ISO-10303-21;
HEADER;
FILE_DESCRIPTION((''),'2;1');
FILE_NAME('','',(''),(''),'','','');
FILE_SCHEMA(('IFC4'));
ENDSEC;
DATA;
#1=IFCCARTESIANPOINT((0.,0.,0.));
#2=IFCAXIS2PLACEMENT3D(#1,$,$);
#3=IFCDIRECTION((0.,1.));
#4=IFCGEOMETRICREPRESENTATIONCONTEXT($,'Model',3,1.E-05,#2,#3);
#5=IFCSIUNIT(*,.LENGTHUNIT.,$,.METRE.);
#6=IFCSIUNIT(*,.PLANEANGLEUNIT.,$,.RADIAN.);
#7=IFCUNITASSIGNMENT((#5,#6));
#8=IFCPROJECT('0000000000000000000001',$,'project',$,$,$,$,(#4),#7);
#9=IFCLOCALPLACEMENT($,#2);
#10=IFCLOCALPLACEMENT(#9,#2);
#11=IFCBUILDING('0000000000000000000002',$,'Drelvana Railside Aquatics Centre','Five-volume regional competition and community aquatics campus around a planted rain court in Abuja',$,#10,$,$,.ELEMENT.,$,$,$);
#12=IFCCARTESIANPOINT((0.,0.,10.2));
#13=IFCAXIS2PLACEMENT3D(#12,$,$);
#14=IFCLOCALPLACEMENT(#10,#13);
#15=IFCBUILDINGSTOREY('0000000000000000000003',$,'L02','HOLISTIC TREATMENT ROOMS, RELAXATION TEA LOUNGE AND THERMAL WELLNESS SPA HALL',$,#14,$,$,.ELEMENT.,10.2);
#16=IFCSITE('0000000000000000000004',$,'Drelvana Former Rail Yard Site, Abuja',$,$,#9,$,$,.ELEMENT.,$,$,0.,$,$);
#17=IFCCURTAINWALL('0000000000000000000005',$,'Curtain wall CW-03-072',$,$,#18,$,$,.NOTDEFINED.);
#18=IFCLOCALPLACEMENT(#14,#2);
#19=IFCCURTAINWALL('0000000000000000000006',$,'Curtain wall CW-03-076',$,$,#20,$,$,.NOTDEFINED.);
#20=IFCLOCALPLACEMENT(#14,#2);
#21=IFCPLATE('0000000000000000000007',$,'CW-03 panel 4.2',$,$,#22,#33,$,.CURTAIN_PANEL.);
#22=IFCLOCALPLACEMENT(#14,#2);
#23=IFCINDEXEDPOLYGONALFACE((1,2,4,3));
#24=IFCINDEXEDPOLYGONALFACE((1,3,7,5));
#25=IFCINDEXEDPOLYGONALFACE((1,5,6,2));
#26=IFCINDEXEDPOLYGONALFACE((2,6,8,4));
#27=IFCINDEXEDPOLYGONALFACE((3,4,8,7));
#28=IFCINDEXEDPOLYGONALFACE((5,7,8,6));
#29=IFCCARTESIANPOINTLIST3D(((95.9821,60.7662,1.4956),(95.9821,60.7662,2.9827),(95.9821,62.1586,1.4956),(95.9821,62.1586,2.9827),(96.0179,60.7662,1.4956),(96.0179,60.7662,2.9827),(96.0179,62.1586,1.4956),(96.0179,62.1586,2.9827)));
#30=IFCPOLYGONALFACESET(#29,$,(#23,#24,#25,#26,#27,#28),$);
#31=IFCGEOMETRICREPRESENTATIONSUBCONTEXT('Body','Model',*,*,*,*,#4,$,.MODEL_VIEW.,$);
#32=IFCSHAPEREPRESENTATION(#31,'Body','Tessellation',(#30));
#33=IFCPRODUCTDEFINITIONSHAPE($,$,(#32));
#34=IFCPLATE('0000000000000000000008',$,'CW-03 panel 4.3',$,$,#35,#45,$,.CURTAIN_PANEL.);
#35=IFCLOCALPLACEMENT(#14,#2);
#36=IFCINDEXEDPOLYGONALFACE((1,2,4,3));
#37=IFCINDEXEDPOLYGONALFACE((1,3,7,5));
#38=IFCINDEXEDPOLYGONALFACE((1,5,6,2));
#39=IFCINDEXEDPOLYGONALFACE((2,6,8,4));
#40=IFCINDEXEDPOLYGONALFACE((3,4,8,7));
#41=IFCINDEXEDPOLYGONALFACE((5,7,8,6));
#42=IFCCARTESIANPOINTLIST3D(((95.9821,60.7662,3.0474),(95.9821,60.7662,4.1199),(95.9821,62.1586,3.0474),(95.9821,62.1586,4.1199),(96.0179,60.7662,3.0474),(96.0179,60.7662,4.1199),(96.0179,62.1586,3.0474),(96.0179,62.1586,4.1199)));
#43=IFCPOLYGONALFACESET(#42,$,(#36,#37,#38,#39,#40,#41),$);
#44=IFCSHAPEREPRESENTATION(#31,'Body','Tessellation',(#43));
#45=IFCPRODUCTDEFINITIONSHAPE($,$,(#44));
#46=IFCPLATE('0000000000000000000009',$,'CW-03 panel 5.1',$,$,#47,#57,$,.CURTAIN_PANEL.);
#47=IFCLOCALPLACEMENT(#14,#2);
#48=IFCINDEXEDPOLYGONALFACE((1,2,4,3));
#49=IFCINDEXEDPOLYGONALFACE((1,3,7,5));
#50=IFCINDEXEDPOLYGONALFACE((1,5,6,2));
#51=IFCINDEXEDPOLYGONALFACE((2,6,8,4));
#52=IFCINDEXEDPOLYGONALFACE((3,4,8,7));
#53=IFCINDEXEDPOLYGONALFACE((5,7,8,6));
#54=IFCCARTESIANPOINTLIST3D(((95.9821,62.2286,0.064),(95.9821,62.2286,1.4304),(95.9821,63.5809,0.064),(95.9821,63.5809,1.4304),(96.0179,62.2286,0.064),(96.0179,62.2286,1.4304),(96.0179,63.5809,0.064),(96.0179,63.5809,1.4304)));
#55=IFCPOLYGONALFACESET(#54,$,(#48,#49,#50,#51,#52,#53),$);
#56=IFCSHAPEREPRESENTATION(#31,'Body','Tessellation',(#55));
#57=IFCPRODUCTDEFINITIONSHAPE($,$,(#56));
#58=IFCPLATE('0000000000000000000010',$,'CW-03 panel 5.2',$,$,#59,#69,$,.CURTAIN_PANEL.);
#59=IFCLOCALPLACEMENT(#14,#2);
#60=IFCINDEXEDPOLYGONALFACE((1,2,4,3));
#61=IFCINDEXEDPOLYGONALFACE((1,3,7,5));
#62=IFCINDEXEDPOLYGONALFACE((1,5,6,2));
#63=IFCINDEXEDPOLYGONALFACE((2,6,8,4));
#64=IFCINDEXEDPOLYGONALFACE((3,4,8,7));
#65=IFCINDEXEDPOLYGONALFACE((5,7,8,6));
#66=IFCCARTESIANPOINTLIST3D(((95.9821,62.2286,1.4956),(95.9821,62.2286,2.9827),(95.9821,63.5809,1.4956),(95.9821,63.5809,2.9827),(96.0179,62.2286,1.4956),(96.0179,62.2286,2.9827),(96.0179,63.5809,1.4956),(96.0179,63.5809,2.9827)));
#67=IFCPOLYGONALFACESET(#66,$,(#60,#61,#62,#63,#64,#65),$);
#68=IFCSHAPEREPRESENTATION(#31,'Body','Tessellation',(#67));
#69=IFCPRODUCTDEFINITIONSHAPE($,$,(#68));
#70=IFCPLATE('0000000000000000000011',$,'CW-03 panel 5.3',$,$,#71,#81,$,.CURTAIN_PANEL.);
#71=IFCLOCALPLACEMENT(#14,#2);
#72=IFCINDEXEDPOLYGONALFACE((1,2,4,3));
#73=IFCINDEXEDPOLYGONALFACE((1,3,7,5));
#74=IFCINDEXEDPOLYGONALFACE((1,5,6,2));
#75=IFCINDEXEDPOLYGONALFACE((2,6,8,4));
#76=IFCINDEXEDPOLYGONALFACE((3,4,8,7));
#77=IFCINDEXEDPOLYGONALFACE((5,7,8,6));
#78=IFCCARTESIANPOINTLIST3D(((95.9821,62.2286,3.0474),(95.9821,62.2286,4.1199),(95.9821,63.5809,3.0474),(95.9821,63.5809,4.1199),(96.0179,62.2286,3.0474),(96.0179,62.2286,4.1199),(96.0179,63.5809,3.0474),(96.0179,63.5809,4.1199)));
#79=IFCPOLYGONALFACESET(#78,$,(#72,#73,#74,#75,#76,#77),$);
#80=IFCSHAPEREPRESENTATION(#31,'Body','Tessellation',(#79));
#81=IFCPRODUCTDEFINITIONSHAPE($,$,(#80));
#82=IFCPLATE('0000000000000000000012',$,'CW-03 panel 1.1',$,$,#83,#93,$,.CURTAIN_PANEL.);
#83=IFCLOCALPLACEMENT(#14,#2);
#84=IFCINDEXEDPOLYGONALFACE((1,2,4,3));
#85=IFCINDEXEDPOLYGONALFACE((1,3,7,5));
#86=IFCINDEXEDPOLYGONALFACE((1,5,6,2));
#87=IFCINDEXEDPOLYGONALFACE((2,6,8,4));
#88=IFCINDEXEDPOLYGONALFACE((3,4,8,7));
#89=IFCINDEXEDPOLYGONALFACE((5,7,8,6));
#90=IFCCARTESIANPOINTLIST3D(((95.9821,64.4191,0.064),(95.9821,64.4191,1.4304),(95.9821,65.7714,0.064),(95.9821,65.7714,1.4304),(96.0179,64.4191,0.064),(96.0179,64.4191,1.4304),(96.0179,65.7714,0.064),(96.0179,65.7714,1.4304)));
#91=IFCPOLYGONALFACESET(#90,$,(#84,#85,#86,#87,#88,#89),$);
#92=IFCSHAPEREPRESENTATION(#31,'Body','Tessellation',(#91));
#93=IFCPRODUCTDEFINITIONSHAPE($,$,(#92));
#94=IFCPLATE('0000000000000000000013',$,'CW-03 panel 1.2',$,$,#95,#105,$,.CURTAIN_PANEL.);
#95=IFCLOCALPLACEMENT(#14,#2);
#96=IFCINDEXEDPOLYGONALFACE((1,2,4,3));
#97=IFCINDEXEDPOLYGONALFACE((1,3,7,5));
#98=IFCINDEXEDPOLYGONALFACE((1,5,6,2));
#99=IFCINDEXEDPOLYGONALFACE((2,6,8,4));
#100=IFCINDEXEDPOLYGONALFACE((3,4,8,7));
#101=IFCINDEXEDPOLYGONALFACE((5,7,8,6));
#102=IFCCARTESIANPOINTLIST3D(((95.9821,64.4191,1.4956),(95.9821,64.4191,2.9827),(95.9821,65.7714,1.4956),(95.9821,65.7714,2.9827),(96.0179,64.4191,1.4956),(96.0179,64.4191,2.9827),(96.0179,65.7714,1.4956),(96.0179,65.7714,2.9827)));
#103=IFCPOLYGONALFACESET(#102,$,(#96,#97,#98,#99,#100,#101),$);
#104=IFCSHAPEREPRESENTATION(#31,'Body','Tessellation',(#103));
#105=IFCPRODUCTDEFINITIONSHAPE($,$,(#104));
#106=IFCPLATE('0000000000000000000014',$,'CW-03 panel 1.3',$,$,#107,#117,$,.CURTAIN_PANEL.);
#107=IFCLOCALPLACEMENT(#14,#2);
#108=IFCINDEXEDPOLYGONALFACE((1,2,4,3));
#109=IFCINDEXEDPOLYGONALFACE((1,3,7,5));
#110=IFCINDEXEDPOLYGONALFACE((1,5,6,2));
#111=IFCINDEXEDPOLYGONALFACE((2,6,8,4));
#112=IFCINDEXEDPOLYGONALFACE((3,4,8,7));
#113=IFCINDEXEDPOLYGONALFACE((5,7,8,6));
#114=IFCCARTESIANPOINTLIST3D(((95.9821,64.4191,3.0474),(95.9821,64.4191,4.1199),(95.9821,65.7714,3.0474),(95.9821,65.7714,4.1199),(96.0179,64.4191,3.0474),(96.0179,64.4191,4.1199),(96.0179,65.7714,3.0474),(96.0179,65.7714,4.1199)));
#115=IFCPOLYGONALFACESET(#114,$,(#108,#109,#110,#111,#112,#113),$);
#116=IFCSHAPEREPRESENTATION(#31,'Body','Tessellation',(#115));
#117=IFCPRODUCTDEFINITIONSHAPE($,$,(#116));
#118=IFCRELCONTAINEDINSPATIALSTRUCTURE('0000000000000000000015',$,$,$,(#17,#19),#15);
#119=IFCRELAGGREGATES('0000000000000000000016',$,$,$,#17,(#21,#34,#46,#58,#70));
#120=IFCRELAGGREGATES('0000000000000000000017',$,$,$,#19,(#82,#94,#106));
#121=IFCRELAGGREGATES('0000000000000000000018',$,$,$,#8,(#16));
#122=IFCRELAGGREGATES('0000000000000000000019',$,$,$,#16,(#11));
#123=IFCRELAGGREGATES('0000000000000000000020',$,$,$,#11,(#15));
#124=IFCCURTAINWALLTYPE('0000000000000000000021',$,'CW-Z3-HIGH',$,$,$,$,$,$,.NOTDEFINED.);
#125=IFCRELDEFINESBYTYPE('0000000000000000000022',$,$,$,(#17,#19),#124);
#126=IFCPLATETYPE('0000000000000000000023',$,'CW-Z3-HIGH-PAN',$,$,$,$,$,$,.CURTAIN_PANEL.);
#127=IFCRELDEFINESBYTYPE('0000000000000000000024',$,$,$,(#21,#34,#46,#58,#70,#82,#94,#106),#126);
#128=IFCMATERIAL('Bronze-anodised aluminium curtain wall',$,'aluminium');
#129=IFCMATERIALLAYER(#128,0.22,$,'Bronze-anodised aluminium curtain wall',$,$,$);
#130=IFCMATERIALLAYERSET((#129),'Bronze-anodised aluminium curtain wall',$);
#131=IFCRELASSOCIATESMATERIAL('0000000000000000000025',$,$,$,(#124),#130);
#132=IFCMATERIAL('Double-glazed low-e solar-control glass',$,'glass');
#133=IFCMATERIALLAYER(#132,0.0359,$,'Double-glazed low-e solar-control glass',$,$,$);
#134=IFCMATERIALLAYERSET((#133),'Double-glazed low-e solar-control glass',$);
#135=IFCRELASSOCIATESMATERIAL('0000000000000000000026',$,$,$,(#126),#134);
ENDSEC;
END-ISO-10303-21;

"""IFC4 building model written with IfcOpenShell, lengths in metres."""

from ifc_helpers import new_model, si_unit, direction, frame, origin, origin_2d, place, context, subcontext, project, spatial, rectangle, extrude, material, layer, layer_set, type_object, element, aggregate, save


model = new_model("IFC4")

# Units and contexts
model_context = context("Model", 3, precision=1e-05, world=origin(), true_north=direction((0.0, 1.0)))
body_context = subcontext(model_context, "Body", "Model", "MODEL_VIEW")
ifc_project = project(units=[si_unit("LENGTHUNIT", "METRE"), si_unit("PLANEANGLEUNIT", "RADIAN")], contexts=[model_context])

# Site, building, storey
site_placement = place(None, origin())
site = spatial("IfcSite", under=ifc_project, at=site_placement, Name="Drelvana Former Rail Yard Site, Abuja", CompositionType="ELEMENT", RefElevation=0.0)
building_placement = place(site_placement, origin())
building = spatial("IfcBuilding", under=site, at=building_placement, Name="Drelvana Railside Aquatics Centre", Description="Five-volume regional competition and community aquatics campus around a planted rain court in Abuja", CompositionType="ELEMENT")
storey_placement = place(building_placement, frame((0.0, 0.0, 10.2)))
storey = spatial("IfcBuildingStorey", under=building, at=storey_placement, Name="L02", Description="HOLISTIC TREATMENT ROOMS, RELAXATION TEA LOUNGE AND THERMAL WELLNESS SPA HALL", CompositionType="ELEMENT", Elevation=10.2)

# Curtain walls
ifc_material_1 = material(Name="Bronze-anodised aluminium curtain wall", Category="aluminium")
ifc_layer_1 = layer(ifc_material_1, 0.22, Name="Bronze-anodised aluminium curtain wall")
ifc_layer_set_1 = layer_set([ifc_layer_1], Name="Bronze-anodised aluminium curtain wall")
curtain_wall_type = type_object("IfcCurtainWallType", Name="CW-Z3-HIGH", PredefinedType="NOTDEFINED", material=ifc_layer_set_1)
curtain_wall_1_placement = place(storey_placement, origin())
curtain_wall_1 = element("IfcCurtainWall", 1, at=curtain_wall_1_placement, inside=storey, type_object=curtain_wall_type, Name="Curtain wall CW-03-072", PredefinedType="NOTDEFINED")
curtain_wall_2_placement = place(storey_placement, origin())
curtain_wall_2 = element("IfcCurtainWall", 2, at=curtain_wall_2_placement, inside=storey, type_object=curtain_wall_type, Name="Curtain wall CW-03-076", PredefinedType="NOTDEFINED")

# Plates
ifc_material_2 = material(Name="Double-glazed low-e solar-control glass", Category="glass")
ifc_layer_2 = layer(ifc_material_2, 0.0359, Name="Double-glazed low-e solar-control glass")
ifc_layer_set_2 = layer_set([ifc_layer_2], Name="Double-glazed low-e solar-control glass")
plate_type = type_object("IfcPlateType", Name="CW-Z3-HIGH-PAN", PredefinedType="CURTAIN_PANEL", material=ifc_layer_set_2)
plate_1_placement = place(storey_placement, frame((96.0, 61.4624, 1.4956), z_axis=(0.0, 0.0, 1.0), x_axis=(0.0, 1.0, 0.0)))
plate_1 = element("IfcPlate", 3, at=plate_1_placement, type_object=plate_type, Name="CW-03 panel 4.2", PredefinedType="CURTAIN_PANEL", context=body_context, shape_type="SweptSolid", body=[
    extrude(rectangle(XDim=1.3923, YDim=0.0359, at=origin_2d()), origin(), (0.0, 0.0, 1.0), 1.4871),
])
plate_2_placement = place(storey_placement, frame((96.0, 61.4624, 3.0474), z_axis=(0.0, 0.0, 1.0), x_axis=(0.0, 1.0, 0.0)))
plate_2 = element("IfcPlate", 4, at=plate_2_placement, type_object=plate_type, Name="CW-03 panel 4.3", PredefinedType="CURTAIN_PANEL", context=body_context, shape_type="SweptSolid", body=[
    extrude(rectangle(XDim=1.3923, YDim=0.0359, at=origin_2d()), origin(), (0.0, 0.0, 1.0), 1.0725),
])
plate_3_placement = place(storey_placement, frame((96.0, 62.9048, 0.064), z_axis=(0.0, 0.0, 1.0), x_axis=(0.0, 1.0, 0.0)))
plate_3 = element("IfcPlate", 5, at=plate_3_placement, type_object=plate_type, Name="CW-03 panel 5.1", PredefinedType="CURTAIN_PANEL", context=body_context, shape_type="SweptSolid", body=[
    extrude(rectangle(XDim=1.3523, YDim=0.0359, at=origin_2d()), origin(), (0.0, 0.0, 1.0), 1.3665),
])
plate_4_placement = place(storey_placement, frame((96.0, 62.9048, 1.4956), z_axis=(0.0, 0.0, 1.0), x_axis=(0.0, 1.0, 0.0)))
plate_4 = element("IfcPlate", 6, at=plate_4_placement, type_object=plate_type, Name="CW-03 panel 5.2", PredefinedType="CURTAIN_PANEL", context=body_context, shape_type="SweptSolid", body=[
    extrude(rectangle(XDim=1.3523, YDim=0.0359, at=origin_2d()), origin(), (0.0, 0.0, 1.0), 1.4871),
])
plate_5_placement = place(storey_placement, frame((96.0, 62.9048, 3.0474), z_axis=(0.0, 0.0, 1.0), x_axis=(0.0, 1.0, 0.0)))
plate_5 = element("IfcPlate", 7, at=plate_5_placement, type_object=plate_type, Name="CW-03 panel 5.3", PredefinedType="CURTAIN_PANEL", context=body_context, shape_type="SweptSolid", body=[
    extrude(rectangle(XDim=1.3523, YDim=0.0359, at=origin_2d()), origin(), (0.0, 0.0, 1.0), 1.0725),
])
aggregate(curtain_wall_1, [plate_1, plate_2, plate_3, plate_4, plate_5])
plate_6_placement = place(storey_placement, frame((96.0, 65.0952, 0.064), z_axis=(0.0, 0.0, 1.0), x_axis=(0.0, 1.0, 0.0)))
plate_6 = element("IfcPlate", 8, at=plate_6_placement, type_object=plate_type, Name="CW-03 panel 1.1", PredefinedType="CURTAIN_PANEL", context=body_context, shape_type="SweptSolid", body=[
    extrude(rectangle(XDim=1.3523, YDim=0.0359, at=origin_2d()), origin(), (0.0, 0.0, 1.0), 1.3665),
])
plate_7_placement = place(storey_placement, frame((96.0, 65.0952, 1.4956), z_axis=(0.0, 0.0, 1.0), x_axis=(0.0, 1.0, 0.0)))
plate_7 = element("IfcPlate", 9, at=plate_7_placement, type_object=plate_type, Name="CW-03 panel 1.2", PredefinedType="CURTAIN_PANEL", context=body_context, shape_type="SweptSolid", body=[
    extrude(rectangle(XDim=1.3523, YDim=0.0359, at=origin_2d()), origin(), (0.0, 0.0, 1.0), 1.4871),
])
plate_8_placement = place(storey_placement, frame((96.0, 65.0952, 3.0474), z_axis=(0.0, 0.0, 1.0), x_axis=(0.0, 1.0, 0.0)))
plate_8 = element("IfcPlate", 10, at=plate_8_placement, type_object=plate_type, Name="CW-03 panel 1.3", PredefinedType="CURTAIN_PANEL", context=body_context, shape_type="SweptSolid", body=[
    extrude(rectangle(XDim=1.3523, YDim=0.0359, at=origin_2d()), origin(), (0.0, 0.0, 1.0), 1.0725),
])
aggregate(curtain_wall_2, [plate_6, plate_7, plate_8])

save(model, "model.ifc")
